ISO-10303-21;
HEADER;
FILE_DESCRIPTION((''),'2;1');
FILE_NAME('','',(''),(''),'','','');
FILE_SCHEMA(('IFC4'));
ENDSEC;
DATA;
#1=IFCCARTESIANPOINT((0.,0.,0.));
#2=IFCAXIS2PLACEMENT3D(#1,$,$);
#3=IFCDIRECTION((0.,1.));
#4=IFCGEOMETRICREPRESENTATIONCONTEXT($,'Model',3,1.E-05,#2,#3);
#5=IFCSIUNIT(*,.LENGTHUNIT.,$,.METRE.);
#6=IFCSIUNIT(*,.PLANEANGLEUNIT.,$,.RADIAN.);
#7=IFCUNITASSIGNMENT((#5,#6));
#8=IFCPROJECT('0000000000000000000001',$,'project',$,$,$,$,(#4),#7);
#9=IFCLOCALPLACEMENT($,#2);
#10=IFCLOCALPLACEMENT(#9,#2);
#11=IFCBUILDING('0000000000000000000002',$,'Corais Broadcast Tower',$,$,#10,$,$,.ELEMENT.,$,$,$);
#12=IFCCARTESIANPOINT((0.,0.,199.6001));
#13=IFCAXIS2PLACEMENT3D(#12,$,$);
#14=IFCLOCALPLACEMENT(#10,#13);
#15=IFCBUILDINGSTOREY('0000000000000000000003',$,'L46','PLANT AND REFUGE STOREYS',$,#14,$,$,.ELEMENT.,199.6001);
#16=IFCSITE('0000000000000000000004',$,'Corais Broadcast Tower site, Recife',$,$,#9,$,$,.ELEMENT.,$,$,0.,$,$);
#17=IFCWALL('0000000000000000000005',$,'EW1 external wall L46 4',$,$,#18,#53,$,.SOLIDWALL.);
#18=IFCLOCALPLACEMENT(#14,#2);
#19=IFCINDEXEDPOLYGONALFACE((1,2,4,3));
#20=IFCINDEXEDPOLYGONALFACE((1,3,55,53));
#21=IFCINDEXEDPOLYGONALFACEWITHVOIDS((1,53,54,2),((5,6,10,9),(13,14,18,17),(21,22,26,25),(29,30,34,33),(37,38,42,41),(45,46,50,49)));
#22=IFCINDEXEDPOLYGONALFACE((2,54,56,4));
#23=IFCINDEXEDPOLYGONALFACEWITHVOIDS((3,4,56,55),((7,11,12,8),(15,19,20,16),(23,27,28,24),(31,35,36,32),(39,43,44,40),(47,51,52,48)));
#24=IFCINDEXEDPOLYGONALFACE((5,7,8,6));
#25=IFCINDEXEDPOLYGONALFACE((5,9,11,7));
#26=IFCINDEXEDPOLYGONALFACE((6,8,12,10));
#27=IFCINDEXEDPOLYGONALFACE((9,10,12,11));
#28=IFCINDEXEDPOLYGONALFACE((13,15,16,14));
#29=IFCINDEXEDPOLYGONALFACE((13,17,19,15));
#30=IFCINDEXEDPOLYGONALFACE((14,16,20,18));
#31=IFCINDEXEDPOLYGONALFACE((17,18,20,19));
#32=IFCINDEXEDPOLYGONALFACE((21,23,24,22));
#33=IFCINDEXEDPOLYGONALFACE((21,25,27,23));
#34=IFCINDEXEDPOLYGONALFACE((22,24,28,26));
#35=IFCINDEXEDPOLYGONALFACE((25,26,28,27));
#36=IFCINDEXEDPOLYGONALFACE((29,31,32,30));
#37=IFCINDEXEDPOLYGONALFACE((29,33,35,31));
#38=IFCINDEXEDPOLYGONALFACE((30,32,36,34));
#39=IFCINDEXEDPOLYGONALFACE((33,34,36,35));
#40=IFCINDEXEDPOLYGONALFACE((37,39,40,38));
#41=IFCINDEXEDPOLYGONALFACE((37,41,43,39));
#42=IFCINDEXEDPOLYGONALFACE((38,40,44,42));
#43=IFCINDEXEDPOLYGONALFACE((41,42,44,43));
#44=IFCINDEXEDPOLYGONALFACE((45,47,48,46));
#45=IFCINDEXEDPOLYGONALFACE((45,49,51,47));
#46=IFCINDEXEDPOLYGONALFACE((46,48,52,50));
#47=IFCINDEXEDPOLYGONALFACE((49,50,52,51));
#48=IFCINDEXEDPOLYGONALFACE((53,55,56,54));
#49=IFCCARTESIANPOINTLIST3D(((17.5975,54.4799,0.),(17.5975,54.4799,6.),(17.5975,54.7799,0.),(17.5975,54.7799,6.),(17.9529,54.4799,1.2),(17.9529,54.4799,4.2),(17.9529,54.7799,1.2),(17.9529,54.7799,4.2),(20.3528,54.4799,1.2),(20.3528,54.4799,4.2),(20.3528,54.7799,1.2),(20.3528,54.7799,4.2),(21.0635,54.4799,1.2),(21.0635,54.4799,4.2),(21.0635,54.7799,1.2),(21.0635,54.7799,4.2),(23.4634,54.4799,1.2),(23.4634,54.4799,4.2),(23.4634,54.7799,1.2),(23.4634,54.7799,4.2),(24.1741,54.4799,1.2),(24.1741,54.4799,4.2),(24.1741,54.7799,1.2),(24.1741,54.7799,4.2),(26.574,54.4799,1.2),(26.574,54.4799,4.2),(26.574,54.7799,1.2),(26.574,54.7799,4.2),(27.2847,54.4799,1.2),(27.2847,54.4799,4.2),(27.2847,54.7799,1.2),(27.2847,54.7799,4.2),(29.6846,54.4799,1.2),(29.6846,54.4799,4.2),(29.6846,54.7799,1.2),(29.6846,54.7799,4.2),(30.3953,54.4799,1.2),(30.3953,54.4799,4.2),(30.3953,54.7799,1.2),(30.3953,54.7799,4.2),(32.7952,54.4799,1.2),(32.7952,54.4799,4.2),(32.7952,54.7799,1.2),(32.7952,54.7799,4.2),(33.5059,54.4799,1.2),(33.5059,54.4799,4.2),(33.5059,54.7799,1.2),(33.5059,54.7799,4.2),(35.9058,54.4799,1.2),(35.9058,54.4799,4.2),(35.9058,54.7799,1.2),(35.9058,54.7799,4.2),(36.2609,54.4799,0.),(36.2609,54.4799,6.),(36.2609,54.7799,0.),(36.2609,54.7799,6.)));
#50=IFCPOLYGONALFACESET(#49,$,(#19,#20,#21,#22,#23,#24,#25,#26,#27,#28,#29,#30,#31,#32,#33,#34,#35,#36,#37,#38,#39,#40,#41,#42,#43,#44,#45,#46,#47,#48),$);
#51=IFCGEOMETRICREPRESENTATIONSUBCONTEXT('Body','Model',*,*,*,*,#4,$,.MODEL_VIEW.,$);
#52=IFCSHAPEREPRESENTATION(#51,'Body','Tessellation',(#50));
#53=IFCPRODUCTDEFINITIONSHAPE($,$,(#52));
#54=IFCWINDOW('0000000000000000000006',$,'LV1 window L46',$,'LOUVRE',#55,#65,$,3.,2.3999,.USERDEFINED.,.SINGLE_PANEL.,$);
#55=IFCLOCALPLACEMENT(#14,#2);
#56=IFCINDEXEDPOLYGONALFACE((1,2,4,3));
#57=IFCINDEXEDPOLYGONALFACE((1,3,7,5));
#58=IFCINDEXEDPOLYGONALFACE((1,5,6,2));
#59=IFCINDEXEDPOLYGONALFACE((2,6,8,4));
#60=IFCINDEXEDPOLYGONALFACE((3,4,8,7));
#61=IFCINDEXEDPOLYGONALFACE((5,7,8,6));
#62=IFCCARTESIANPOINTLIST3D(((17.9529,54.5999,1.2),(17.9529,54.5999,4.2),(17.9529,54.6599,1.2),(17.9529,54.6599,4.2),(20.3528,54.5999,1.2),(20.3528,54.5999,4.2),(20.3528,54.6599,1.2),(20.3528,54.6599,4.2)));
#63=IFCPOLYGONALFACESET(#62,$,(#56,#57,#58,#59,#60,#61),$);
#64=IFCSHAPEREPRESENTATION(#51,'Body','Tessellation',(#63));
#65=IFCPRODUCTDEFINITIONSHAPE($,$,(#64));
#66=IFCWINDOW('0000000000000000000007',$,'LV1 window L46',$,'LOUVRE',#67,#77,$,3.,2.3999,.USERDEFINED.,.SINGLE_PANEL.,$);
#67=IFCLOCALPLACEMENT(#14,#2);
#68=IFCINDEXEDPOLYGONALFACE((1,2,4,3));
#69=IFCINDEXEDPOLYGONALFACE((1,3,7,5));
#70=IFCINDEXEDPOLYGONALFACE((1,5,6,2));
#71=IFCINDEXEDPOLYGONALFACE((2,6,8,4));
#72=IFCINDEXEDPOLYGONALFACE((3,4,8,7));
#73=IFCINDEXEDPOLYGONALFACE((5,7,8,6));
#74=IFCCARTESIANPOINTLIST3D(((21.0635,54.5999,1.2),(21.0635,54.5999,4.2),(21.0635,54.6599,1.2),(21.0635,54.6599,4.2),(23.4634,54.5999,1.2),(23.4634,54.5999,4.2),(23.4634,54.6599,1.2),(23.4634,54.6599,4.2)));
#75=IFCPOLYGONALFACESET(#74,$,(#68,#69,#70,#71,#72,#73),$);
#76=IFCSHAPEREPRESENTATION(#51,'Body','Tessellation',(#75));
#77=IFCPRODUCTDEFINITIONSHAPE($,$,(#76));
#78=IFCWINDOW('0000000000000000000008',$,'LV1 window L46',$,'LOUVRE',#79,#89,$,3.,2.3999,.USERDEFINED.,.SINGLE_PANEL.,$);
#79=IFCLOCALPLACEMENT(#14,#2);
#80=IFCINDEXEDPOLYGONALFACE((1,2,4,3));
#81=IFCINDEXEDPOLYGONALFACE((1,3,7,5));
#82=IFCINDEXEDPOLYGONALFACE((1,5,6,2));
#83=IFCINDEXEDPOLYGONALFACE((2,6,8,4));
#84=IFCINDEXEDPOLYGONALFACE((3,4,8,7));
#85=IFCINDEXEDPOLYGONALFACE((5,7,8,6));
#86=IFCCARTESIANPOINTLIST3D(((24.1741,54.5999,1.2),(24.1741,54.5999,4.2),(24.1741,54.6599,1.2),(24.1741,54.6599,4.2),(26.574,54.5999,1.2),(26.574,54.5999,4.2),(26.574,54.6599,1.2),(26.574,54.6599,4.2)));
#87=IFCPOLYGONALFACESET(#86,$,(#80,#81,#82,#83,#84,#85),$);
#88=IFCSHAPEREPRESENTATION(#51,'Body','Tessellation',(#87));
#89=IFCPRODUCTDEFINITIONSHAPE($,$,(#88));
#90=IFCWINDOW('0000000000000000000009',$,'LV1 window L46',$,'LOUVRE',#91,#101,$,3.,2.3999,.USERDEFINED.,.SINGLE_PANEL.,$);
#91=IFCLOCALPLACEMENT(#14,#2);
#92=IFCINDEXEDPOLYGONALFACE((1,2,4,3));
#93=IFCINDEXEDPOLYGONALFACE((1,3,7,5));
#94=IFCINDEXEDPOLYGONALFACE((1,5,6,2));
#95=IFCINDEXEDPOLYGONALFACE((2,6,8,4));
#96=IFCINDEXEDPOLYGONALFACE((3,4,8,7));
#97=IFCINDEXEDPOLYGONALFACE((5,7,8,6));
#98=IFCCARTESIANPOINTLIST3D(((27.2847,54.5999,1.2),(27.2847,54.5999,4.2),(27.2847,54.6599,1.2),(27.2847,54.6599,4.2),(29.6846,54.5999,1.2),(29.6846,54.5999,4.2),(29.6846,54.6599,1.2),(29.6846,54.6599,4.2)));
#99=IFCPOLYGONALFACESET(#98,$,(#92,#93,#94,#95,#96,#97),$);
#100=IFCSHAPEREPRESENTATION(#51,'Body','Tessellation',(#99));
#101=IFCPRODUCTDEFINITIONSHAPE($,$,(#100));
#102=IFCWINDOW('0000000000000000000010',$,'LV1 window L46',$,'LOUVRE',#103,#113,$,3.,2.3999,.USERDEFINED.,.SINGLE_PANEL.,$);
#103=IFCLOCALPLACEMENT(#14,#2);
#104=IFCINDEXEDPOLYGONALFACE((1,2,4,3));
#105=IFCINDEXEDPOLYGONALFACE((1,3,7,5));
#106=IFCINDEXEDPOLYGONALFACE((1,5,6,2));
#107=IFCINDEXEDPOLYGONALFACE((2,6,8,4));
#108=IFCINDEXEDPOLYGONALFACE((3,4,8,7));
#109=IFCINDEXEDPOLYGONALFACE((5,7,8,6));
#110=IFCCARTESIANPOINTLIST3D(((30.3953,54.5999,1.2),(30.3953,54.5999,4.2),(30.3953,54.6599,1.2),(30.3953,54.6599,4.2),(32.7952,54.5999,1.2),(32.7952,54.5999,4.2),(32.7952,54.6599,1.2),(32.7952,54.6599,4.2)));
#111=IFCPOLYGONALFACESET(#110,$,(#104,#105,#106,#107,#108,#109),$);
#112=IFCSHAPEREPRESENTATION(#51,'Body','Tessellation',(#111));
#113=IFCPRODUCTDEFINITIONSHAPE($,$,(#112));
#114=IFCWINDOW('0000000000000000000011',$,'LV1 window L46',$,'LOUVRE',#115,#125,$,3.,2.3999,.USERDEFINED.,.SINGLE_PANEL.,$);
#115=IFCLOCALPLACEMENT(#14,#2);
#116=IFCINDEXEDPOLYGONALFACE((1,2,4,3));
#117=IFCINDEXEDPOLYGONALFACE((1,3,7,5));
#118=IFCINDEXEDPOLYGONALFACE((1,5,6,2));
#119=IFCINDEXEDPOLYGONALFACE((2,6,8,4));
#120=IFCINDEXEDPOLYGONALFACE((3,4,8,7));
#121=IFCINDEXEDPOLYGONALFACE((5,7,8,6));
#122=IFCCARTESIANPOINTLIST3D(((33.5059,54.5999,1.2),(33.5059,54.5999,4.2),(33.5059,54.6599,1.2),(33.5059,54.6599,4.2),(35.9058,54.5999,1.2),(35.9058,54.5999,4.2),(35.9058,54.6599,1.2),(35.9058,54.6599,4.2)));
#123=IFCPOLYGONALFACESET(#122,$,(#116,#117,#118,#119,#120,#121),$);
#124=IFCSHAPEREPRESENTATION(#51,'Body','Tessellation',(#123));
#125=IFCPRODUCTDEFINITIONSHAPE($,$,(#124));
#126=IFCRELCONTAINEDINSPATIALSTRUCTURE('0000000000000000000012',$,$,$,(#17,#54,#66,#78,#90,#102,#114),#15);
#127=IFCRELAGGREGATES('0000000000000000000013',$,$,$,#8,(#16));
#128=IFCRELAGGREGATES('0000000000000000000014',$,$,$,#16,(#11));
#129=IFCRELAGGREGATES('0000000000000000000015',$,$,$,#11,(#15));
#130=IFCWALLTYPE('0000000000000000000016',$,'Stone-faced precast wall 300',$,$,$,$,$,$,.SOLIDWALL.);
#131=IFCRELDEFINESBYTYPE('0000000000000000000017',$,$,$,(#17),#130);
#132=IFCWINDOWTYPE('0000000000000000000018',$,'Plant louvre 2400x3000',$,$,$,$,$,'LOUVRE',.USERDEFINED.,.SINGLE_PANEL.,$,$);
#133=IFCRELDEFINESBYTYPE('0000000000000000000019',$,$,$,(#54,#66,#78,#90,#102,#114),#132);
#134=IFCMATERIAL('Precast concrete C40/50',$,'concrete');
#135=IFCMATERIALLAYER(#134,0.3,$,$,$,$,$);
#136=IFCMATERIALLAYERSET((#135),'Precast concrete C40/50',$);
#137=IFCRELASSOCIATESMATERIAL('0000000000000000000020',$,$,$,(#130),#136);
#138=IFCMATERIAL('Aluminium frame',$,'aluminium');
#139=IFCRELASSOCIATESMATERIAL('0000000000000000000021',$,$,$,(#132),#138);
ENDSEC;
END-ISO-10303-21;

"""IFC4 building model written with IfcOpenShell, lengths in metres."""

from ifc_helpers import new_model, si_unit, direction, frame, frame_2d, origin, place, context, subcontext, project, spatial, rectangle, extrude, material, layer, layer_set, type_object, element, fill, save


model = new_model("IFC4")

# Units and contexts
model_context = context("Model", 3, precision=1e-05, world=origin(), true_north=direction((0.0, 1.0)))
body_context = subcontext(model_context, "Body", "Model", "MODEL_VIEW")
ifc_project = project(units=[si_unit("LENGTHUNIT", "METRE"), si_unit("PLANEANGLEUNIT", "RADIAN")], contexts=[model_context])

# Site, building, storey
site_placement = place(None, origin())
site = spatial("IfcSite", under=ifc_project, at=site_placement, Name="Corais Broadcast Tower site, Recife", CompositionType="ELEMENT", RefElevation=0.0)
building_placement = place(site_placement, origin())
building = spatial("IfcBuilding", under=site, at=building_placement, Name="Corais Broadcast Tower", CompositionType="ELEMENT")
storey_placement = place(building_placement, frame((0.0, 0.0, 199.6001)))
storey = spatial("IfcBuildingStorey", under=building, at=storey_placement, Name="L46", Description="PLANT AND REFUGE STOREYS", CompositionType="ELEMENT", Elevation=199.6001)

# Wall, openings, windows
ifc_material_1 = material(Name="Precast concrete C40/50", Category="concrete")
ifc_layer_1 = layer(ifc_material_1, 0.3)
ifc_layer_set_1 = layer_set([ifc_layer_1], Name="Precast concrete C40/50")
wall_type_1 = type_object("IfcWallType", Name="Stone-faced precast wall 300", PredefinedType="SOLIDWALL", material=ifc_layer_set_1)
wall_1_placement = place(storey_placement, frame((17.5977, 54.6299, 0.0), z_axis=(0.0, 0.0, 1.0), x_axis=(1.0, 0.0, 0.0)))
wall_1 = element("IfcWall", 1, at=wall_1_placement, inside=storey, type_object=wall_type_1, Name="EW1 external wall L46 4", PredefinedType="SOLIDWALL", context=body_context, shape_type="SweptSolid", body=[
    extrude(rectangle(XDim=18.6633, YDim=0.3, at=frame_2d((9.3315, 0.0))), origin(), (0.0, 0.0, 1.0), 6.0),
])
opening_1_placement = place(wall_1_placement, frame((0.3552, 0.0, 1.2)))
opening_1 = element("IfcOpeningElement", 2, at=opening_1_placement, cuts=wall_1, PredefinedType="OPENING", context=body_context, shape_type="SweptSolid", body=[
    extrude(rectangle(XDim=2.3999, YDim=3.0, at=frame_2d((1.2, 1.5))), frame((0.0, 0.1599, 0.0), z_axis=(0.0, -1.0, 0.0), x_axis=(1.0, 0.0, 0.0)), (0.0, 0.0, 1.0), 0.3201),
])
opening_2_placement = place(wall_1_placement, frame((3.4658, 0.0, 1.2)))
opening_2 = element("IfcOpeningElement", 3, at=opening_2_placement, cuts=wall_1, PredefinedType="OPENING", context=body_context, shape_type="SweptSolid", body=[
    extrude(rectangle(XDim=2.3999, YDim=3.0, at=frame_2d((1.2, 1.5))), frame((0.0, 0.1599, 0.0), z_axis=(0.0, -1.0, 0.0), x_axis=(1.0, 0.0, 0.0)), (0.0, 0.0, 1.0), 0.3201),
])
opening_3_placement = place(wall_1_placement, frame((6.5764, 0.0, 1.2)))
opening_3 = element("IfcOpeningElement", 4, at=opening_3_placement, cuts=wall_1, PredefinedType="OPENING", context=body_context, shape_type="SweptSolid", body=[
    extrude(rectangle(XDim=2.3999, YDim=3.0, at=frame_2d((1.2, 1.5))), frame((0.0, 0.1599, 0.0), z_axis=(0.0, -1.0, 0.0), x_axis=(1.0, 0.0, 0.0)), (0.0, 0.0, 1.0), 0.3201),
])
opening_4_placement = place(wall_1_placement, frame((9.687, 0.0, 1.2)))
opening_4 = element("IfcOpeningElement", 5, at=opening_4_placement, cuts=wall_1, PredefinedType="OPENING", context=body_context, shape_type="SweptSolid", body=[
    extrude(rectangle(XDim=2.3999, YDim=3.0, at=frame_2d((1.2, 1.5))), frame((0.0, 0.1599, 0.0), z_axis=(0.0, -1.0, 0.0), x_axis=(1.0, 0.0, 0.0)), (0.0, 0.0, 1.0), 0.3201),
])
opening_5_placement = place(wall_1_placement, frame((12.7976, 0.0, 1.2)))
opening_5 = element("IfcOpeningElement", 6, at=opening_5_placement, cuts=wall_1, PredefinedType="OPENING", context=body_context, shape_type="SweptSolid", body=[
    extrude(rectangle(XDim=2.3999, YDim=3.0, at=frame_2d((1.2, 1.5))), frame((0.0, 0.1599, 0.0), z_axis=(0.0, -1.0, 0.0), x_axis=(1.0, 0.0, 0.0)), (0.0, 0.0, 1.0), 0.3201),
])
opening_6_placement = place(wall_1_placement, frame((15.9082, 0.0, 1.2)))
opening_6 = element("IfcOpeningElement", 7, at=opening_6_placement, cuts=wall_1, PredefinedType="OPENING", context=body_context, shape_type="SweptSolid", body=[
    extrude(rectangle(XDim=2.3999, YDim=3.0, at=frame_2d((1.2, 1.5))), frame((0.0, 0.1599, 0.0), z_axis=(0.0, -1.0, 0.0), x_axis=(1.0, 0.0, 0.0)), (0.0, 0.0, 1.0), 0.3201),
])
ifc_material_2 = material(Name="Aluminium frame", Category="aluminium")
window_type = type_object("IfcWindowType", Name="Plant louvre 2400x3000", ElementType="LOUVRE", PartitioningType="SINGLE_PANEL", PredefinedType="USERDEFINED", material=ifc_material_2)
window_1_placement = place(opening_1_placement, origin())
window_1 = element("IfcWindow", 8, at=window_1_placement, inside=storey, type_object=window_type, Name="LV1 window L46", ObjectType="LOUVRE", OverallHeight=3.0, OverallWidth=2.3999, PartitioningType="SINGLE_PANEL", PredefinedType="USERDEFINED", context=body_context, shape_type="SweptSolid", body=[
    extrude(rectangle(XDim=2.3999, YDim=3.0, at=frame_2d((1.2, 1.5))), frame((0.0, 0.03, 0.0), z_axis=(0.0, -1.0, 0.0), x_axis=(1.0, 0.0, 0.0)), (0.0, 0.0, 1.0), 0.0601),
])
fill(opening_1, window_1)
window_2_placement = place(opening_2_placement, origin())
window_2 = element("IfcWindow", 9, at=window_2_placement, inside=storey, type_object=window_type, Name="LV1 window L46", ObjectType="LOUVRE", OverallHeight=3.0, OverallWidth=2.3999, PartitioningType="SINGLE_PANEL", PredefinedType="USERDEFINED", context=body_context, shape_type="SweptSolid", body=[
    extrude(rectangle(XDim=2.3999, YDim=3.0, at=frame_2d((1.2, 1.5))), frame((0.0, 0.03, 0.0), z_axis=(0.0, -1.0, 0.0), x_axis=(1.0, 0.0, 0.0)), (0.0, 0.0, 1.0), 0.0601),
])
fill(opening_2, window_2)
window_3_placement = place(opening_3_placement, origin())
window_3 = element("IfcWindow", 10, at=window_3_placement, inside=storey, type_object=window_type, Name="LV1 window L46", ObjectType="LOUVRE", OverallHeight=3.0, OverallWidth=2.3999, PartitioningType="SINGLE_PANEL", PredefinedType="USERDEFINED", context=body_context, shape_type="SweptSolid", body=[
    extrude(rectangle(XDim=2.3999, YDim=3.0, at=frame_2d((1.2, 1.5))), frame((0.0, 0.03, 0.0), z_axis=(0.0, -1.0, 0.0), x_axis=(1.0, 0.0, 0.0)), (0.0, 0.0, 1.0), 0.0601),
])
fill(opening_3, window_3)
window_4_placement = place(opening_4_placement, origin())
window_4 = element("IfcWindow", 11, at=window_4_placement, inside=storey, type_object=window_type, Name="LV1 window L46", ObjectType="LOUVRE", OverallHeight=3.0, OverallWidth=2.3999, PartitioningType="SINGLE_PANEL", PredefinedType="USERDEFINED", context=body_context, shape_type="SweptSolid", body=[
    extrude(rectangle(XDim=2.3999, YDim=3.0, at=frame_2d((1.2, 1.5))), frame((0.0, 0.03, 0.0), z_axis=(0.0, -1.0, 0.0), x_axis=(1.0, 0.0, 0.0)), (0.0, 0.0, 1.0), 0.0601),
])
fill(opening_4, window_4)
window_5_placement = place(opening_5_placement, origin())
window_5 = element("IfcWindow", 12, at=window_5_placement, inside=storey, type_object=window_type, Name="LV1 window L46", ObjectType="LOUVRE", OverallHeight=3.0, OverallWidth=2.3999, PartitioningType="SINGLE_PANEL", PredefinedType="USERDEFINED", context=body_context, shape_type="SweptSolid", body=[
    extrude(rectangle(XDim=2.3999, YDim=3.0, at=frame_2d((1.2, 1.5))), frame((0.0, 0.03, 0.0), z_axis=(0.0, -1.0, 0.0), x_axis=(1.0, 0.0, 0.0)), (0.0, 0.0, 1.0), 0.0601),
])
fill(opening_5, window_5)
window_6_placement = place(opening_6_placement, origin())
window_6 = element("IfcWindow", 13, at=window_6_placement, inside=storey, type_object=window_type, Name="LV1 window L46", ObjectType="LOUVRE", OverallHeight=3.0, OverallWidth=2.3999, PartitioningType="SINGLE_PANEL", PredefinedType="USERDEFINED", context=body_context, shape_type="SweptSolid", body=[
    extrude(rectangle(XDim=2.3999, YDim=3.0, at=frame_2d((1.2, 1.5))), frame((0.0, 0.03, 0.0), z_axis=(0.0, -1.0, 0.0), x_axis=(1.0, 0.0, 0.0)), (0.0, 0.0, 1.0), 0.0601),
])
fill(opening_6, window_6)

save(model, "model.ifc")
